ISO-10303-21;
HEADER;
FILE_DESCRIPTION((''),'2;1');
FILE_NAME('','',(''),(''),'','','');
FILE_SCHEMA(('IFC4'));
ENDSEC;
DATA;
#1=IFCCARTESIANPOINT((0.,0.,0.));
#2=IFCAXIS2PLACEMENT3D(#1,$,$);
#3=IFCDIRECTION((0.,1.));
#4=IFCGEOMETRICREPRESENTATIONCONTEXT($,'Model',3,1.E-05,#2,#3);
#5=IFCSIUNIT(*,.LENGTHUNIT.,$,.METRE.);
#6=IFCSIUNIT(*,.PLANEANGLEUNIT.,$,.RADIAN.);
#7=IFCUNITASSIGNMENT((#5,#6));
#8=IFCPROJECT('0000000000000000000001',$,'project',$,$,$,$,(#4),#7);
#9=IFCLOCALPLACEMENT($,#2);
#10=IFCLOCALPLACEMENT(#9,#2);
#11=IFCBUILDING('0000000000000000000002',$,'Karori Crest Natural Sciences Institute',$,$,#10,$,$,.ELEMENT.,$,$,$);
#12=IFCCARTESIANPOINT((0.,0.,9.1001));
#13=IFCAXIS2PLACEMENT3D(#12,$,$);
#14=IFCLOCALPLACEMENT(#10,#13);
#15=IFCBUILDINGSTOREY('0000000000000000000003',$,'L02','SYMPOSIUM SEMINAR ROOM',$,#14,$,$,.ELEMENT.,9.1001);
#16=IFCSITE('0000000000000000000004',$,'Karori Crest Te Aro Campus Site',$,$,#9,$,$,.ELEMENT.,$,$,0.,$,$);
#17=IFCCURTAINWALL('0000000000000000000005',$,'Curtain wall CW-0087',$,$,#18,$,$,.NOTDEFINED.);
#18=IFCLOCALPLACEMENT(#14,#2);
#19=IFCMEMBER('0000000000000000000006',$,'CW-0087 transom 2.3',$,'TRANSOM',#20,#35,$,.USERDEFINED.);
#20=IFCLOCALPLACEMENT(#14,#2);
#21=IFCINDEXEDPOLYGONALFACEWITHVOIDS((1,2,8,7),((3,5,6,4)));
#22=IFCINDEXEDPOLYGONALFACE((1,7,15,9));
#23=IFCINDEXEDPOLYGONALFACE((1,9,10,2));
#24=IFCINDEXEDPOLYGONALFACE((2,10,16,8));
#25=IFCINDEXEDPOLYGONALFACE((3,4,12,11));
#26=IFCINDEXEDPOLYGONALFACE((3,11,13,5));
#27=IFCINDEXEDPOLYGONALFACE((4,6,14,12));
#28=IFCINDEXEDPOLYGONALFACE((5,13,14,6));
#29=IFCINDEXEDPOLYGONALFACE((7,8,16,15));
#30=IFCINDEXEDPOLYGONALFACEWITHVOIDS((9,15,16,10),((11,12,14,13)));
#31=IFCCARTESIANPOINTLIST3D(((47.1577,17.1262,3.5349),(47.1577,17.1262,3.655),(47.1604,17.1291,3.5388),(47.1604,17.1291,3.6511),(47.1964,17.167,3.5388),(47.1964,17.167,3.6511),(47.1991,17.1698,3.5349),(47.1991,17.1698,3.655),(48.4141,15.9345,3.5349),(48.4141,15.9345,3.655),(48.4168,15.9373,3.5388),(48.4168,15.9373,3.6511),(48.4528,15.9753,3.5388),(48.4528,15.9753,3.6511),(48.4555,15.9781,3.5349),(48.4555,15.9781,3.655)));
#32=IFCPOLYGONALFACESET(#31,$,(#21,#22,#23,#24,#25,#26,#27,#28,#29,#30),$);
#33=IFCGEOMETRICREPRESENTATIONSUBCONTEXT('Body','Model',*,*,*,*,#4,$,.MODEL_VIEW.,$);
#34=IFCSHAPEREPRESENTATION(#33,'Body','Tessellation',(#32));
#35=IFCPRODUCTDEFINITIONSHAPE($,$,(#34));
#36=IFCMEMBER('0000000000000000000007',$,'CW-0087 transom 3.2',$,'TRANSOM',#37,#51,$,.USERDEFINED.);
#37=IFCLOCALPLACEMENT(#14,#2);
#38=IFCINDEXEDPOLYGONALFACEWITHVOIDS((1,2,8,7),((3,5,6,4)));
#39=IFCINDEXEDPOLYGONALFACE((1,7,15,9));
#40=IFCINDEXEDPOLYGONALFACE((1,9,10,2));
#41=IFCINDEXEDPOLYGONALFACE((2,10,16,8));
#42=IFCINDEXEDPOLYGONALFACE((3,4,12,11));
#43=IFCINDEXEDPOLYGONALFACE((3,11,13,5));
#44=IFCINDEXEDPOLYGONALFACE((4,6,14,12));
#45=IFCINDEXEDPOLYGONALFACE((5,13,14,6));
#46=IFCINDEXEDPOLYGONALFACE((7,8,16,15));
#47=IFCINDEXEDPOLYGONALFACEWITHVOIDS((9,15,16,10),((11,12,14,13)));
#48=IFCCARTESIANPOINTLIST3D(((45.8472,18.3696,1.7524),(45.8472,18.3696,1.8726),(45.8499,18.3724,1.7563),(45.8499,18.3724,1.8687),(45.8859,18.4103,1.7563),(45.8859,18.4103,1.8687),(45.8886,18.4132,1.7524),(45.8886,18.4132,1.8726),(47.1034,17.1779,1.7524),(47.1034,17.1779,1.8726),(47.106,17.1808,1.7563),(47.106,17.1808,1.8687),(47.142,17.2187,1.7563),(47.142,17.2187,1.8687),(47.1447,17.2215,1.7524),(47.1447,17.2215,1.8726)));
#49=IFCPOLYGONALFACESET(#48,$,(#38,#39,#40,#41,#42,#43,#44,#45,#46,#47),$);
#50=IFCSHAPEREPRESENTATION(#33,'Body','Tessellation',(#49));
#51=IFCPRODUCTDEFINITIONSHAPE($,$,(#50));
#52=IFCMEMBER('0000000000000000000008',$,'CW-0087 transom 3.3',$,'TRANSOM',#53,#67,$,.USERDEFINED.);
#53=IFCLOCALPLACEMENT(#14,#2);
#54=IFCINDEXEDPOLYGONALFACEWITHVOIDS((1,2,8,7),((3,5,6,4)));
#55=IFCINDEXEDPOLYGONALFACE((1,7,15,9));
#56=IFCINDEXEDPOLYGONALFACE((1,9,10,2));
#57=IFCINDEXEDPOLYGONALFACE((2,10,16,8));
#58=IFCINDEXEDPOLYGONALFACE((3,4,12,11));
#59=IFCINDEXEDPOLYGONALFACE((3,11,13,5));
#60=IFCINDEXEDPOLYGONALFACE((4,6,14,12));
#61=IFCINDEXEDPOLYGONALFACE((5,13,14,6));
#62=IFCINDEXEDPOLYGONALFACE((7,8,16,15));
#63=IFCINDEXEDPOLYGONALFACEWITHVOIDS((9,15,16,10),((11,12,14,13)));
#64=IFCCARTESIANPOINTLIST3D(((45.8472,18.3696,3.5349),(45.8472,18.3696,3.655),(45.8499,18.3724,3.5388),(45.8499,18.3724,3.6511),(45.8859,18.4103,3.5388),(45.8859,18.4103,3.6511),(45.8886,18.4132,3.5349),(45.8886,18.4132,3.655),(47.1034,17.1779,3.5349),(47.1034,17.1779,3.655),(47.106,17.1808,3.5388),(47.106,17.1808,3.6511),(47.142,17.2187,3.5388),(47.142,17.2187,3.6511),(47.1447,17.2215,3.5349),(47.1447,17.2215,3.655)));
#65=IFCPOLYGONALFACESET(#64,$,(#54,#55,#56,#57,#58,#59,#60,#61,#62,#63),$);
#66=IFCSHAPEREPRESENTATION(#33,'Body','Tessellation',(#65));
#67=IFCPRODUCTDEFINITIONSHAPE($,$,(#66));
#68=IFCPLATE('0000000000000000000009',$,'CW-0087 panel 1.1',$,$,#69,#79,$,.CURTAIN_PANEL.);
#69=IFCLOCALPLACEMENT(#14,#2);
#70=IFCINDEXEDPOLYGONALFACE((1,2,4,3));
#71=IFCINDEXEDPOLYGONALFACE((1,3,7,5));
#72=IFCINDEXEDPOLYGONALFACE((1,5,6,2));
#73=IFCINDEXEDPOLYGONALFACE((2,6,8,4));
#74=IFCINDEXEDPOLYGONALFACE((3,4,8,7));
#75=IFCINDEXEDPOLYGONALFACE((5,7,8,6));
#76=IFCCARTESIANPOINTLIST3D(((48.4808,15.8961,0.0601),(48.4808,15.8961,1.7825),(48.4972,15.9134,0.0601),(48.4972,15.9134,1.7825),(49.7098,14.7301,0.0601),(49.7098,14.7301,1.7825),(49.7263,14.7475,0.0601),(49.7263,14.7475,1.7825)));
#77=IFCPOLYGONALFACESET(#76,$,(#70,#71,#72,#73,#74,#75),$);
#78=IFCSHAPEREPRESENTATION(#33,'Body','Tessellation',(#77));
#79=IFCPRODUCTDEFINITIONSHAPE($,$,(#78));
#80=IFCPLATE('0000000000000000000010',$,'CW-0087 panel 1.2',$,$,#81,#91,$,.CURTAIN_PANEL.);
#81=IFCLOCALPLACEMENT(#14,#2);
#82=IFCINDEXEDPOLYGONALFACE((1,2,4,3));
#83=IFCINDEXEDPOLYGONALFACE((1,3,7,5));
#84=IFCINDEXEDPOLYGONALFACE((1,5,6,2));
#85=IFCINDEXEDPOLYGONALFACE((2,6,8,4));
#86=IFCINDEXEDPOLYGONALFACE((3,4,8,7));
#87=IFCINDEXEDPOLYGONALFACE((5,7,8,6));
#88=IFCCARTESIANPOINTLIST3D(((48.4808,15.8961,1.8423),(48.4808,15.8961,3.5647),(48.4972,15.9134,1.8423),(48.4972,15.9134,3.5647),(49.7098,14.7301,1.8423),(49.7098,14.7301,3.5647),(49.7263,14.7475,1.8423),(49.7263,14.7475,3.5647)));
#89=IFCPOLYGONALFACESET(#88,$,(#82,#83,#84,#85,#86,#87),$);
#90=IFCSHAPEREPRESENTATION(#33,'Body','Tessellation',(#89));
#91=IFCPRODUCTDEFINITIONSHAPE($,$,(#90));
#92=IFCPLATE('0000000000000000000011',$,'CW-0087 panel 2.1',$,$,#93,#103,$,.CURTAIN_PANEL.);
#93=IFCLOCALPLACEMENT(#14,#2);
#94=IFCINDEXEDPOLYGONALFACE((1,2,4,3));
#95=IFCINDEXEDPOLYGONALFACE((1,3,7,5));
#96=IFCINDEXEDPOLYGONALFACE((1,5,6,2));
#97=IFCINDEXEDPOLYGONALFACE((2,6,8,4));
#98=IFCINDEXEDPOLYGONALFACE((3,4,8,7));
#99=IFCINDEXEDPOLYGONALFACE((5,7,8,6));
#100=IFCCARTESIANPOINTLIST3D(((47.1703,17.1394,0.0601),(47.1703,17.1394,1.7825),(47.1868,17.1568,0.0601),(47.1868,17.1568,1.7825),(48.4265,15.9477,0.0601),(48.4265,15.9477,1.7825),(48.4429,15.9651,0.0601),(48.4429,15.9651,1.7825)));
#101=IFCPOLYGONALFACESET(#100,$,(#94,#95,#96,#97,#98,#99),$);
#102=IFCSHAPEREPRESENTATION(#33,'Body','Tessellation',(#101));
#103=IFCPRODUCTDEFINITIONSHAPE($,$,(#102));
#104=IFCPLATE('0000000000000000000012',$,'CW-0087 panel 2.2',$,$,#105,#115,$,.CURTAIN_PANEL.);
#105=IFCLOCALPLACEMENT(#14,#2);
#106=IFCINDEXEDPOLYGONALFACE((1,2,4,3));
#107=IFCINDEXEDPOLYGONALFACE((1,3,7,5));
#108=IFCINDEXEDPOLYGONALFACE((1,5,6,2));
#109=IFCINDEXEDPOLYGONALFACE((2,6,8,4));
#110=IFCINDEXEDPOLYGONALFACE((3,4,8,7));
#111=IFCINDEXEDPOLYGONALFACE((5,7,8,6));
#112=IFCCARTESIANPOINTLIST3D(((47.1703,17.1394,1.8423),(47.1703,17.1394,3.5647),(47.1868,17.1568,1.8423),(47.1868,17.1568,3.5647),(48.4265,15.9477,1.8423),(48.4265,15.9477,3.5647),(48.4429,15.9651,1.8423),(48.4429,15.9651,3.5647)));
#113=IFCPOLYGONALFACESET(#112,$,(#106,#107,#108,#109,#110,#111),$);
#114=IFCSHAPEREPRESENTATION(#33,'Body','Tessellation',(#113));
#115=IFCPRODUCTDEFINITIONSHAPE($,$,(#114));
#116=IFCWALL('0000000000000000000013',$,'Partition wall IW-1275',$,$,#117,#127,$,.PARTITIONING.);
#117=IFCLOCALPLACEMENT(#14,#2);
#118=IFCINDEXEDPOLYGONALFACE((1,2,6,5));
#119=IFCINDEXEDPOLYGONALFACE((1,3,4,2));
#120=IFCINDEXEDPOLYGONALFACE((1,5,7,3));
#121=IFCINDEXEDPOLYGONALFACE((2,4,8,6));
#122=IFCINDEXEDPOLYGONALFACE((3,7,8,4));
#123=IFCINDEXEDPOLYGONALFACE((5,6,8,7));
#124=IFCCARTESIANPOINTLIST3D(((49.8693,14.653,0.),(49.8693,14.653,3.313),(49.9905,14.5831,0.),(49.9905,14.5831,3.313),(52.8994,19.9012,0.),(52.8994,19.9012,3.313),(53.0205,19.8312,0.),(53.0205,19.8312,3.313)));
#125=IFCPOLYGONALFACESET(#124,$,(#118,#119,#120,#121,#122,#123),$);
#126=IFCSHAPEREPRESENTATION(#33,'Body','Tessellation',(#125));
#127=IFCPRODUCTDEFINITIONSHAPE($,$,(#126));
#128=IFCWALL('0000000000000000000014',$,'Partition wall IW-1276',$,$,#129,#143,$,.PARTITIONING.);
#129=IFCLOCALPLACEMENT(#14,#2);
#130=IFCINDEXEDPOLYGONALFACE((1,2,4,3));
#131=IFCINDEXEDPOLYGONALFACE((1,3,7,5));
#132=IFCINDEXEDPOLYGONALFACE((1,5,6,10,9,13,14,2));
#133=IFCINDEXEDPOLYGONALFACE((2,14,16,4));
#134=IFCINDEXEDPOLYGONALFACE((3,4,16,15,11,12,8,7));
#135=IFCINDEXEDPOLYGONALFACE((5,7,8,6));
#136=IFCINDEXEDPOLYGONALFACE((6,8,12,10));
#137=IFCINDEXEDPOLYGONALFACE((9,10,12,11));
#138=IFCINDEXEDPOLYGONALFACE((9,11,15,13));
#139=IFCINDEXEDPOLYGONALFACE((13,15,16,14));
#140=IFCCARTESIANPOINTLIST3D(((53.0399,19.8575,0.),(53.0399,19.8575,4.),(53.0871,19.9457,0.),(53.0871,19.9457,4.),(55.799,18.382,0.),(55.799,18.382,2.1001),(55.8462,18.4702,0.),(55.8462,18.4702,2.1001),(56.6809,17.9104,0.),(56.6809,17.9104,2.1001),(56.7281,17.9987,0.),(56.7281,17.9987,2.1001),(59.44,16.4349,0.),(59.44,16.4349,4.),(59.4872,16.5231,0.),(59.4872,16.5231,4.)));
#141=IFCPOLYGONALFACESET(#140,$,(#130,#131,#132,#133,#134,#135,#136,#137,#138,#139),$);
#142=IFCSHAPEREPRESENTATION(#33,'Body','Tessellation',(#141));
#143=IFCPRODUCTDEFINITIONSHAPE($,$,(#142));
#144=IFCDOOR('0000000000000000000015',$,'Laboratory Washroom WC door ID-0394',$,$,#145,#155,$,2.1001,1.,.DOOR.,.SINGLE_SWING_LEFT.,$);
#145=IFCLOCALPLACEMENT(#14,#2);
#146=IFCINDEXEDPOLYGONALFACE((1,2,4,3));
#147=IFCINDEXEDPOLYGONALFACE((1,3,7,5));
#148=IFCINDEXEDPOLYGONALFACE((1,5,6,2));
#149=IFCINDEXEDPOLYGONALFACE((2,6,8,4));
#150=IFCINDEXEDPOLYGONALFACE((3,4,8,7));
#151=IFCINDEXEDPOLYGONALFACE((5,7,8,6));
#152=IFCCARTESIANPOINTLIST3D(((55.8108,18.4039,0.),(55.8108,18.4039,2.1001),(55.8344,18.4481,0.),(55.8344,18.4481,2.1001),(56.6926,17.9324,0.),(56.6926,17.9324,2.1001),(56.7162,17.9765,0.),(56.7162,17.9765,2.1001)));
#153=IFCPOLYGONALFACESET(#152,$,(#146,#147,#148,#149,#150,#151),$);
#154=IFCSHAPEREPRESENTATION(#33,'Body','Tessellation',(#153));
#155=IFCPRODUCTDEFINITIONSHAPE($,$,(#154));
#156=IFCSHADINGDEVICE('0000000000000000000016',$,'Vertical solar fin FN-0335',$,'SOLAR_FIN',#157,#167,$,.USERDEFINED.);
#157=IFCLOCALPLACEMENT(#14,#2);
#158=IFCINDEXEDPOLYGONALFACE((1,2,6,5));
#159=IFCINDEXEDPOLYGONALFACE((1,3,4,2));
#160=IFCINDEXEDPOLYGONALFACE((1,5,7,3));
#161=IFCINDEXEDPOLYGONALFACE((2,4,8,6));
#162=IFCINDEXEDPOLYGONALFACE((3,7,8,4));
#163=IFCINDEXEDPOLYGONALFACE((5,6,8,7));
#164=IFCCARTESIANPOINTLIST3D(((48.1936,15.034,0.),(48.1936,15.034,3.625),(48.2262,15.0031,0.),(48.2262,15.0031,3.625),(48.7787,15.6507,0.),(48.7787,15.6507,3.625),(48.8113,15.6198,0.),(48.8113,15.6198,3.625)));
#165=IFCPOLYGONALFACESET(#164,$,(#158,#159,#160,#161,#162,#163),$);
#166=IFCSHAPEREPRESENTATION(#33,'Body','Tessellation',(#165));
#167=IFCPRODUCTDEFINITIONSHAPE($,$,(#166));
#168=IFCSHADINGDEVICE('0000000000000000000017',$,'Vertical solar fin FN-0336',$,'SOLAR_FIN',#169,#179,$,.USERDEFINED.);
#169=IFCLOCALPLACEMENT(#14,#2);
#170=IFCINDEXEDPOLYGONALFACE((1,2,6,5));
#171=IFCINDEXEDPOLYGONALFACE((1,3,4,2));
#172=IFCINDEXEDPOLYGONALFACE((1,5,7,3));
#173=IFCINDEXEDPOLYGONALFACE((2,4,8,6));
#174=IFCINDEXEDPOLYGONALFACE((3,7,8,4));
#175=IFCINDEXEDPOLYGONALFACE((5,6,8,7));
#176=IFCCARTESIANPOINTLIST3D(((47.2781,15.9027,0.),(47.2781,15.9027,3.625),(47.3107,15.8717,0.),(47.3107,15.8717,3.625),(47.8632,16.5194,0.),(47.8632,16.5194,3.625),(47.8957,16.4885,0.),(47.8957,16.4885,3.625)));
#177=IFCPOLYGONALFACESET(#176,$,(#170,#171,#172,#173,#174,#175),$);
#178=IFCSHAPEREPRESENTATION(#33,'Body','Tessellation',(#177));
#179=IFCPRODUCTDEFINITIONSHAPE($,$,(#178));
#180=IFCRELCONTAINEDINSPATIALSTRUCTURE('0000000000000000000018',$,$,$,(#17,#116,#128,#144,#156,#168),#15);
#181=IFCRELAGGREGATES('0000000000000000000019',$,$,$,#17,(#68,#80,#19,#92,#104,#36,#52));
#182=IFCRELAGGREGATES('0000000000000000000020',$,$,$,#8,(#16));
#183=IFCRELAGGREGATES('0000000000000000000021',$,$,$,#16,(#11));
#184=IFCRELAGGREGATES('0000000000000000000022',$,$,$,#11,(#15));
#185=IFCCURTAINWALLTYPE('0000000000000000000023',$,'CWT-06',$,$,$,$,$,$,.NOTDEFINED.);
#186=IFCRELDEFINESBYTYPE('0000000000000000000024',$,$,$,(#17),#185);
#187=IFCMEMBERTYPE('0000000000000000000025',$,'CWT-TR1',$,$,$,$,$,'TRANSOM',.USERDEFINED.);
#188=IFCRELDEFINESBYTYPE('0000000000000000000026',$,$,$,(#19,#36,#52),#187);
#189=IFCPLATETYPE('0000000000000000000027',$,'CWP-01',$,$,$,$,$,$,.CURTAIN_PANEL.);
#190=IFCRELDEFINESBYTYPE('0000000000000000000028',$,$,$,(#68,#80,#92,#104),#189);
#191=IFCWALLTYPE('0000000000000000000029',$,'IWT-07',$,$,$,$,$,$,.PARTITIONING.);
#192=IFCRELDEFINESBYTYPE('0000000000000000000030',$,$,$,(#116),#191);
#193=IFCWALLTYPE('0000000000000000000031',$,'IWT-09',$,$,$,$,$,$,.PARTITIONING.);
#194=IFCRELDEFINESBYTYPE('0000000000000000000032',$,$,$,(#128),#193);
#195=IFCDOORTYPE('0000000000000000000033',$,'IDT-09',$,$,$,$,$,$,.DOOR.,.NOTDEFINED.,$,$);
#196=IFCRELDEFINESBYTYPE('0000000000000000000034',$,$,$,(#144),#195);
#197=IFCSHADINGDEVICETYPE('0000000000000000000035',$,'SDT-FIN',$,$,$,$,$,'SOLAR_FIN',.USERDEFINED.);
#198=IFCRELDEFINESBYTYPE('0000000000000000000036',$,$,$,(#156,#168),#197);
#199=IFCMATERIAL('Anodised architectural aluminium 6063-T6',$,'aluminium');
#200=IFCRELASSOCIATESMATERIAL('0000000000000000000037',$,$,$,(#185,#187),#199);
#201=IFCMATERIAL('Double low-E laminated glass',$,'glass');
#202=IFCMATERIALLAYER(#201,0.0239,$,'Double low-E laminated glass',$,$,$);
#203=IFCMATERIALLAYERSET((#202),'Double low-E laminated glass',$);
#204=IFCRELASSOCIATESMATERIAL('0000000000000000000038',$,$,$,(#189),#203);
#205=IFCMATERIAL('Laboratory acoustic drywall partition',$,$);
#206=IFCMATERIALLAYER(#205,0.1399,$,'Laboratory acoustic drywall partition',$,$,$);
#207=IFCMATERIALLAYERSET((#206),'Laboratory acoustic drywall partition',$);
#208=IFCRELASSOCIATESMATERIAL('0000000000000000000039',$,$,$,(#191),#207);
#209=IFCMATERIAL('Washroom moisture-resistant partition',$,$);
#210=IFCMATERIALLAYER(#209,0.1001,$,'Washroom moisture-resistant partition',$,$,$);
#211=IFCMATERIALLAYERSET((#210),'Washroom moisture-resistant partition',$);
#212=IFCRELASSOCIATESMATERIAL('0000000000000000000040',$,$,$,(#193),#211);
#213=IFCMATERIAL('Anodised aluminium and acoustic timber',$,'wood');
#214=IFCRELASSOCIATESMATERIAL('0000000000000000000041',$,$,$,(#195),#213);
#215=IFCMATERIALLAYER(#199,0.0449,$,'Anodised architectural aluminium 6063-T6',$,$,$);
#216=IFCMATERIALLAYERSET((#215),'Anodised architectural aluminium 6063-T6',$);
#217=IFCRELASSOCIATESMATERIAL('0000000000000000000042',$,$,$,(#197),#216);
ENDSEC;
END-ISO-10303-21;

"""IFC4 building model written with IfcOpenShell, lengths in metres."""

from ifc_helpers import new_model, si_unit, direction, frame, frame_2d, origin, origin_2d, place, context, subcontext, project, spatial, rectangle, hollow_rectangle, extrude, material, layer, layer_set, material_profile, profile_set, type_object, element, fill, aggregate, save


model = new_model("IFC4")

# Units and contexts
model_context = context("Model", 3, precision=1e-05, world=origin(), true_north=direction((0.0, 1.0)))
body_context = subcontext(model_context, "Body", "Model", "MODEL_VIEW")
ifc_project = project(units=[si_unit("LENGTHUNIT", "METRE"), si_unit("PLANEANGLEUNIT", "RADIAN")], contexts=[model_context])

# Site, building, storey
site_placement = place(None, origin())
site = spatial("IfcSite", under=ifc_project, at=site_placement, Name="Karori Crest Te Aro Campus Site", CompositionType="ELEMENT", RefElevation=0.0)
building_placement = place(site_placement, origin())
building = spatial("IfcBuilding", under=site, at=building_placement, Name="Karori Crest Natural Sciences Institute", CompositionType="ELEMENT")
storey_placement = place(building_placement, frame((0.0, 0.0, 9.1001)))
storey = spatial("IfcBuildingStorey", under=building, at=storey_placement, Name="L02", Description="SYMPOSIUM SEMINAR ROOM", CompositionType="ELEMENT", Elevation=9.1001)

# Curtain wall, members, plates
ifc_material_1 = material(Name="Anodised architectural aluminium 6063-T6", Category="aluminium")
curtain_wall_type = type_object("IfcCurtainWallType", Name="CWT-06", PredefinedType="NOTDEFINED", material=ifc_material_1)
curtain_wall_placement = place(storey_placement, origin())
curtain_wall = element("IfcCurtainWall", 1, at=curtain_wall_placement, inside=storey, type_object=curtain_wall_type, Name="Curtain wall CW-0087", PredefinedType="NOTDEFINED")
ifc_material_profile_1 = material_profile(ifc_material_1, hollow_rectangle(XDim=0.0601, YDim=0.1201, WallThickness=0.0039, at=origin_2d()), Name="CWT120x60x4")
ifc_profile_set_1 = profile_set([ifc_material_profile_1], Name="Anodised architectural aluminium 6063-T6")
member_type_1 = type_object("IfcMemberType", Name="CWT-TR1", ElementType="TRANSOM", PredefinedType="USERDEFINED", material=ifc_profile_set_1)
member_1_placement = place(storey_placement, frame((48.4348, 15.9563, 3.595), z_axis=(-0.725541, 0.688179, 0.0), x_axis=(-0.688179, -0.725541, 0.0)))
member_1 = element("IfcMember", 2, at=member_1_placement, type_object=member_type_1, Name="CW-0087 transom 2.3", ObjectType="TRANSOM", PredefinedType="USERDEFINED", context=body_context, shape_type="SweptSolid", body=[
    extrude(hollow_rectangle(XDim=0.0601, YDim=0.1201, WallThickness=0.0039, at=origin_2d()), origin(), (0.0, 0.0, 1.0), 1.7317),
])
member_2_placement = place(storey_placement, frame((47.124, 17.1997, 1.8125), z_axis=(-0.725475, 0.688249, 0.0), x_axis=(-0.688249, -0.725475, 0.0)))
member_2 = element("IfcMember", 3, at=member_2_placement, type_object=member_type_1, Name="CW-0087 transom 3.2", ObjectType="TRANSOM", PredefinedType="USERDEFINED", context=body_context, shape_type="SweptSolid", body=[
    extrude(hollow_rectangle(XDim=0.0601, YDim=0.1201, WallThickness=0.0039, at=origin_2d()), origin(), (0.0, 0.0, 1.0), 1.7314),
])
member_3_placement = place(storey_placement, frame((47.124, 17.1997, 3.595), z_axis=(-0.725475, 0.688249, 0.0), x_axis=(-0.688249, -0.725475, 0.0)))
member_3 = element("IfcMember", 4, at=member_3_placement, type_object=member_type_1, Name="CW-0087 transom 3.3", ObjectType="TRANSOM", PredefinedType="USERDEFINED", context=body_context, shape_type="SweptSolid", body=[
    extrude(hollow_rectangle(XDim=0.0601, YDim=0.1201, WallThickness=0.0039, at=origin_2d()), origin(), (0.0, 0.0, 1.0), 1.7314),
])
ifc_material_2 = material(Name="Double low-E laminated glass", Category="glass")
ifc_layer_1 = layer(ifc_material_2, 0.0239, Name="Double low-E laminated glass")
ifc_layer_set_1 = layer_set([ifc_layer_1], Name="Double low-E laminated glass")
plate_type = type_object("IfcPlateType", Name="CWP-01", PredefinedType="CURTAIN_PANEL", material=ifc_layer_set_1)
plate_1_placement = place(storey_placement, frame((49.1035, 15.3218, 0.0601), z_axis=(0.0, 0.0, 1.0), x_axis=(-0.725477, 0.688246, 0.0)))
plate_1 = element("IfcPlate", 5, at=plate_1_placement, type_object=plate_type, Name="CW-0087 panel 1.1", PredefinedType="CURTAIN_PANEL", context=body_context, shape_type="SweptSolid", body=[
    extrude(rectangle(XDim=1.6941, YDim=0.0239, at=origin_2d()), origin(), (0.0, 0.0, 1.0), 1.7224),
])
plate_2_placement = place(storey_placement, frame((49.1035, 15.3218, 1.8423), z_axis=(0.0, 0.0, 1.0), x_axis=(-0.725477, 0.688246, 0.0)))
plate_2 = element("IfcPlate", 6, at=plate_2_placement, type_object=plate_type, Name="CW-0087 panel 1.2", PredefinedType="CURTAIN_PANEL", context=body_context, shape_type="SweptSolid", body=[
    extrude(rectangle(XDim=1.6941, YDim=0.0239, at=origin_2d()), origin(), (0.0, 0.0, 1.0), 1.7224),
])
plate_3_placement = place(storey_placement, frame((47.8066, 16.5522, 0.0601), z_axis=(0.0, 0.0, 1.0), x_axis=(-0.725477, 0.688246, 0.0)))
plate_3 = element("IfcPlate", 7, at=plate_3_placement, type_object=plate_type, Name="CW-0087 panel 2.1", PredefinedType="CURTAIN_PANEL", context=body_context, shape_type="SweptSolid", body=[
    extrude(rectangle(XDim=1.7314, YDim=0.0239, at=origin_2d()), origin(), (0.0, 0.0, 1.0), 1.7224),
])
plate_4_placement = place(storey_placement, frame((47.8066, 16.5522, 1.8423), z_axis=(0.0, 0.0, 1.0), x_axis=(-0.725477, 0.688246, 0.0)))
plate_4 = element("IfcPlate", 8, at=plate_4_placement, type_object=plate_type, Name="CW-0087 panel 2.2", PredefinedType="CURTAIN_PANEL", context=body_context, shape_type="SweptSolid", body=[
    extrude(rectangle(XDim=1.7314, YDim=0.0239, at=origin_2d()), origin(), (0.0, 0.0, 1.0), 1.7224),
])
aggregate(curtain_wall, [plate_1, plate_2, member_1, plate_3, plate_4, member_2, member_3])

# Wall
ifc_material_3 = material(Name="Laboratory acoustic drywall partition")
ifc_layer_2 = layer(ifc_material_3, 0.1399, Name="Laboratory acoustic drywall partition")
ifc_layer_set_2 = layer_set([ifc_layer_2], Name="Laboratory acoustic drywall partition")
wall_type_1 = type_object("IfcWallType", Name="IWT-07", PredefinedType="PARTITIONING", material=ifc_layer_set_2)
wall_1_placement = place(storey_placement, frame((52.96, 19.8662, 0.0), z_axis=(0.0, 0.0, 1.0), x_axis=(-0.500008, -0.866021, 0.0)))
element("IfcWall", 9, at=wall_1_placement, inside=storey, type_object=wall_type_1, Name="Partition wall IW-1275", PredefinedType="PARTITIONING", context=body_context, shape_type="SweptSolid", body=[
    extrude(rectangle(XDim=6.0601, YDim=0.1399, at=frame_2d((3.03, 0.0))), origin(), (0.0, 0.0, 1.0), 3.313),
])

# Wall, opening, door
ifc_material_4 = material(Name="Washroom moisture-resistant partition")
ifc_layer_3 = layer(ifc_material_4, 0.1001, Name="Washroom moisture-resistant partition")
ifc_layer_set_3 = layer_set([ifc_layer_3], Name="Washroom moisture-resistant partition")
wall_type_2 = type_object("IfcWallType", Name="IWT-09", PredefinedType="PARTITIONING", material=ifc_layer_set_3)
wall_2_placement = place(storey_placement, frame((53.0635, 19.9016, 0.0), z_axis=(0.0, 0.0, 1.0), x_axis=(0.881826, -0.471574, 0.0)))
wall_2 = element("IfcWall", 10, at=wall_2_placement, inside=storey, type_object=wall_type_2, Name="Partition wall IW-1276", PredefinedType="PARTITIONING", context=body_context, shape_type="SweptSolid", body=[
    extrude(rectangle(XDim=7.2578, YDim=0.1001, at=frame_2d((3.6289, 0.0))), origin(), (0.0, 0.0, 1.0), 4.0),
])
opening_placement = place(wall_2_placement, frame((3.1289, 0.0, 0.0)))
opening = element("IfcOpeningElement", 11, at=opening_placement, cuts=wall_2, PredefinedType="OPENING", context=body_context, shape_type="SweptSolid", body=[
    extrude(rectangle(XDim=1.0, YDim=2.1001, at=frame_2d((0.5, 1.05))), frame((0.0, 0.0601, 0.0), z_axis=(0.0, -1.0, 0.0), x_axis=(1.0, 0.0, 0.0)), (0.0, 0.0, 1.0), 0.1201),
])
ifc_material_5 = material(Name="Anodised aluminium and acoustic timber", Category="wood")
door_type = type_object("IfcDoorType", Name="IDT-09", OperationType="NOTDEFINED", PredefinedType="DOOR", material=ifc_material_5)
door_placement = place(opening_placement, origin())
door = element("IfcDoor", 12, at=door_placement, inside=storey, type_object=door_type, Name="Laboratory Washroom WC door ID-0394", OperationType="SINGLE_SWING_LEFT", OverallHeight=2.1001, OverallWidth=1.0, PredefinedType="DOOR", context=body_context, shape_type="SweptSolid", body=[
    extrude(rectangle(XDim=1.0, YDim=2.1001, at=frame_2d((0.5, 1.05))), frame((0.0, 0.0249, 0.0), z_axis=(0.0, -1.0, 0.0), x_axis=(1.0, 0.0, 0.0)), (0.0, 0.0, 1.0), 0.05),
])
fill(opening, door)

# Shading devices
ifc_layer_4 = layer(ifc_material_1, 0.0449, Name="Anodised architectural aluminium 6063-T6")
ifc_layer_set_4 = layer_set([ifc_layer_4], Name="Anodised architectural aluminium 6063-T6")
shading_device_type = type_object("IfcShadingDeviceType", Name="SDT-FIN", ElementType="SOLAR_FIN", PredefinedType="USERDEFINED", material=ifc_layer_set_4)
for number, where, z_axis, x_axis, name in (
    (13, (48.5024, 15.3269, 0.0), (0.0, 0.0, 1.0), (-0.688246, -0.725478, 0.0), "Vertical solar fin FN-0335"),
    (14, (47.5869, 16.1956, 0.0), (0.0, 0.0, 1.0), (-0.688246, -0.725478, 0.0), "Vertical solar fin FN-0336"),
):
    element("IfcShadingDevice", number, at=place(storey_placement, frame(where, z_axis=z_axis, x_axis=x_axis)), inside=storey, type_object=shading_device_type, Name=name, ObjectType="SOLAR_FIN", PredefinedType="USERDEFINED", context=body_context, shape_type="SweptSolid", body=[
        extrude(rectangle(XDim=0.8501, YDim=0.0449, at=origin_2d()), origin(), (0.0, 0.0, 1.0), 3.625),
    ])

save(model, "model.ifc")
